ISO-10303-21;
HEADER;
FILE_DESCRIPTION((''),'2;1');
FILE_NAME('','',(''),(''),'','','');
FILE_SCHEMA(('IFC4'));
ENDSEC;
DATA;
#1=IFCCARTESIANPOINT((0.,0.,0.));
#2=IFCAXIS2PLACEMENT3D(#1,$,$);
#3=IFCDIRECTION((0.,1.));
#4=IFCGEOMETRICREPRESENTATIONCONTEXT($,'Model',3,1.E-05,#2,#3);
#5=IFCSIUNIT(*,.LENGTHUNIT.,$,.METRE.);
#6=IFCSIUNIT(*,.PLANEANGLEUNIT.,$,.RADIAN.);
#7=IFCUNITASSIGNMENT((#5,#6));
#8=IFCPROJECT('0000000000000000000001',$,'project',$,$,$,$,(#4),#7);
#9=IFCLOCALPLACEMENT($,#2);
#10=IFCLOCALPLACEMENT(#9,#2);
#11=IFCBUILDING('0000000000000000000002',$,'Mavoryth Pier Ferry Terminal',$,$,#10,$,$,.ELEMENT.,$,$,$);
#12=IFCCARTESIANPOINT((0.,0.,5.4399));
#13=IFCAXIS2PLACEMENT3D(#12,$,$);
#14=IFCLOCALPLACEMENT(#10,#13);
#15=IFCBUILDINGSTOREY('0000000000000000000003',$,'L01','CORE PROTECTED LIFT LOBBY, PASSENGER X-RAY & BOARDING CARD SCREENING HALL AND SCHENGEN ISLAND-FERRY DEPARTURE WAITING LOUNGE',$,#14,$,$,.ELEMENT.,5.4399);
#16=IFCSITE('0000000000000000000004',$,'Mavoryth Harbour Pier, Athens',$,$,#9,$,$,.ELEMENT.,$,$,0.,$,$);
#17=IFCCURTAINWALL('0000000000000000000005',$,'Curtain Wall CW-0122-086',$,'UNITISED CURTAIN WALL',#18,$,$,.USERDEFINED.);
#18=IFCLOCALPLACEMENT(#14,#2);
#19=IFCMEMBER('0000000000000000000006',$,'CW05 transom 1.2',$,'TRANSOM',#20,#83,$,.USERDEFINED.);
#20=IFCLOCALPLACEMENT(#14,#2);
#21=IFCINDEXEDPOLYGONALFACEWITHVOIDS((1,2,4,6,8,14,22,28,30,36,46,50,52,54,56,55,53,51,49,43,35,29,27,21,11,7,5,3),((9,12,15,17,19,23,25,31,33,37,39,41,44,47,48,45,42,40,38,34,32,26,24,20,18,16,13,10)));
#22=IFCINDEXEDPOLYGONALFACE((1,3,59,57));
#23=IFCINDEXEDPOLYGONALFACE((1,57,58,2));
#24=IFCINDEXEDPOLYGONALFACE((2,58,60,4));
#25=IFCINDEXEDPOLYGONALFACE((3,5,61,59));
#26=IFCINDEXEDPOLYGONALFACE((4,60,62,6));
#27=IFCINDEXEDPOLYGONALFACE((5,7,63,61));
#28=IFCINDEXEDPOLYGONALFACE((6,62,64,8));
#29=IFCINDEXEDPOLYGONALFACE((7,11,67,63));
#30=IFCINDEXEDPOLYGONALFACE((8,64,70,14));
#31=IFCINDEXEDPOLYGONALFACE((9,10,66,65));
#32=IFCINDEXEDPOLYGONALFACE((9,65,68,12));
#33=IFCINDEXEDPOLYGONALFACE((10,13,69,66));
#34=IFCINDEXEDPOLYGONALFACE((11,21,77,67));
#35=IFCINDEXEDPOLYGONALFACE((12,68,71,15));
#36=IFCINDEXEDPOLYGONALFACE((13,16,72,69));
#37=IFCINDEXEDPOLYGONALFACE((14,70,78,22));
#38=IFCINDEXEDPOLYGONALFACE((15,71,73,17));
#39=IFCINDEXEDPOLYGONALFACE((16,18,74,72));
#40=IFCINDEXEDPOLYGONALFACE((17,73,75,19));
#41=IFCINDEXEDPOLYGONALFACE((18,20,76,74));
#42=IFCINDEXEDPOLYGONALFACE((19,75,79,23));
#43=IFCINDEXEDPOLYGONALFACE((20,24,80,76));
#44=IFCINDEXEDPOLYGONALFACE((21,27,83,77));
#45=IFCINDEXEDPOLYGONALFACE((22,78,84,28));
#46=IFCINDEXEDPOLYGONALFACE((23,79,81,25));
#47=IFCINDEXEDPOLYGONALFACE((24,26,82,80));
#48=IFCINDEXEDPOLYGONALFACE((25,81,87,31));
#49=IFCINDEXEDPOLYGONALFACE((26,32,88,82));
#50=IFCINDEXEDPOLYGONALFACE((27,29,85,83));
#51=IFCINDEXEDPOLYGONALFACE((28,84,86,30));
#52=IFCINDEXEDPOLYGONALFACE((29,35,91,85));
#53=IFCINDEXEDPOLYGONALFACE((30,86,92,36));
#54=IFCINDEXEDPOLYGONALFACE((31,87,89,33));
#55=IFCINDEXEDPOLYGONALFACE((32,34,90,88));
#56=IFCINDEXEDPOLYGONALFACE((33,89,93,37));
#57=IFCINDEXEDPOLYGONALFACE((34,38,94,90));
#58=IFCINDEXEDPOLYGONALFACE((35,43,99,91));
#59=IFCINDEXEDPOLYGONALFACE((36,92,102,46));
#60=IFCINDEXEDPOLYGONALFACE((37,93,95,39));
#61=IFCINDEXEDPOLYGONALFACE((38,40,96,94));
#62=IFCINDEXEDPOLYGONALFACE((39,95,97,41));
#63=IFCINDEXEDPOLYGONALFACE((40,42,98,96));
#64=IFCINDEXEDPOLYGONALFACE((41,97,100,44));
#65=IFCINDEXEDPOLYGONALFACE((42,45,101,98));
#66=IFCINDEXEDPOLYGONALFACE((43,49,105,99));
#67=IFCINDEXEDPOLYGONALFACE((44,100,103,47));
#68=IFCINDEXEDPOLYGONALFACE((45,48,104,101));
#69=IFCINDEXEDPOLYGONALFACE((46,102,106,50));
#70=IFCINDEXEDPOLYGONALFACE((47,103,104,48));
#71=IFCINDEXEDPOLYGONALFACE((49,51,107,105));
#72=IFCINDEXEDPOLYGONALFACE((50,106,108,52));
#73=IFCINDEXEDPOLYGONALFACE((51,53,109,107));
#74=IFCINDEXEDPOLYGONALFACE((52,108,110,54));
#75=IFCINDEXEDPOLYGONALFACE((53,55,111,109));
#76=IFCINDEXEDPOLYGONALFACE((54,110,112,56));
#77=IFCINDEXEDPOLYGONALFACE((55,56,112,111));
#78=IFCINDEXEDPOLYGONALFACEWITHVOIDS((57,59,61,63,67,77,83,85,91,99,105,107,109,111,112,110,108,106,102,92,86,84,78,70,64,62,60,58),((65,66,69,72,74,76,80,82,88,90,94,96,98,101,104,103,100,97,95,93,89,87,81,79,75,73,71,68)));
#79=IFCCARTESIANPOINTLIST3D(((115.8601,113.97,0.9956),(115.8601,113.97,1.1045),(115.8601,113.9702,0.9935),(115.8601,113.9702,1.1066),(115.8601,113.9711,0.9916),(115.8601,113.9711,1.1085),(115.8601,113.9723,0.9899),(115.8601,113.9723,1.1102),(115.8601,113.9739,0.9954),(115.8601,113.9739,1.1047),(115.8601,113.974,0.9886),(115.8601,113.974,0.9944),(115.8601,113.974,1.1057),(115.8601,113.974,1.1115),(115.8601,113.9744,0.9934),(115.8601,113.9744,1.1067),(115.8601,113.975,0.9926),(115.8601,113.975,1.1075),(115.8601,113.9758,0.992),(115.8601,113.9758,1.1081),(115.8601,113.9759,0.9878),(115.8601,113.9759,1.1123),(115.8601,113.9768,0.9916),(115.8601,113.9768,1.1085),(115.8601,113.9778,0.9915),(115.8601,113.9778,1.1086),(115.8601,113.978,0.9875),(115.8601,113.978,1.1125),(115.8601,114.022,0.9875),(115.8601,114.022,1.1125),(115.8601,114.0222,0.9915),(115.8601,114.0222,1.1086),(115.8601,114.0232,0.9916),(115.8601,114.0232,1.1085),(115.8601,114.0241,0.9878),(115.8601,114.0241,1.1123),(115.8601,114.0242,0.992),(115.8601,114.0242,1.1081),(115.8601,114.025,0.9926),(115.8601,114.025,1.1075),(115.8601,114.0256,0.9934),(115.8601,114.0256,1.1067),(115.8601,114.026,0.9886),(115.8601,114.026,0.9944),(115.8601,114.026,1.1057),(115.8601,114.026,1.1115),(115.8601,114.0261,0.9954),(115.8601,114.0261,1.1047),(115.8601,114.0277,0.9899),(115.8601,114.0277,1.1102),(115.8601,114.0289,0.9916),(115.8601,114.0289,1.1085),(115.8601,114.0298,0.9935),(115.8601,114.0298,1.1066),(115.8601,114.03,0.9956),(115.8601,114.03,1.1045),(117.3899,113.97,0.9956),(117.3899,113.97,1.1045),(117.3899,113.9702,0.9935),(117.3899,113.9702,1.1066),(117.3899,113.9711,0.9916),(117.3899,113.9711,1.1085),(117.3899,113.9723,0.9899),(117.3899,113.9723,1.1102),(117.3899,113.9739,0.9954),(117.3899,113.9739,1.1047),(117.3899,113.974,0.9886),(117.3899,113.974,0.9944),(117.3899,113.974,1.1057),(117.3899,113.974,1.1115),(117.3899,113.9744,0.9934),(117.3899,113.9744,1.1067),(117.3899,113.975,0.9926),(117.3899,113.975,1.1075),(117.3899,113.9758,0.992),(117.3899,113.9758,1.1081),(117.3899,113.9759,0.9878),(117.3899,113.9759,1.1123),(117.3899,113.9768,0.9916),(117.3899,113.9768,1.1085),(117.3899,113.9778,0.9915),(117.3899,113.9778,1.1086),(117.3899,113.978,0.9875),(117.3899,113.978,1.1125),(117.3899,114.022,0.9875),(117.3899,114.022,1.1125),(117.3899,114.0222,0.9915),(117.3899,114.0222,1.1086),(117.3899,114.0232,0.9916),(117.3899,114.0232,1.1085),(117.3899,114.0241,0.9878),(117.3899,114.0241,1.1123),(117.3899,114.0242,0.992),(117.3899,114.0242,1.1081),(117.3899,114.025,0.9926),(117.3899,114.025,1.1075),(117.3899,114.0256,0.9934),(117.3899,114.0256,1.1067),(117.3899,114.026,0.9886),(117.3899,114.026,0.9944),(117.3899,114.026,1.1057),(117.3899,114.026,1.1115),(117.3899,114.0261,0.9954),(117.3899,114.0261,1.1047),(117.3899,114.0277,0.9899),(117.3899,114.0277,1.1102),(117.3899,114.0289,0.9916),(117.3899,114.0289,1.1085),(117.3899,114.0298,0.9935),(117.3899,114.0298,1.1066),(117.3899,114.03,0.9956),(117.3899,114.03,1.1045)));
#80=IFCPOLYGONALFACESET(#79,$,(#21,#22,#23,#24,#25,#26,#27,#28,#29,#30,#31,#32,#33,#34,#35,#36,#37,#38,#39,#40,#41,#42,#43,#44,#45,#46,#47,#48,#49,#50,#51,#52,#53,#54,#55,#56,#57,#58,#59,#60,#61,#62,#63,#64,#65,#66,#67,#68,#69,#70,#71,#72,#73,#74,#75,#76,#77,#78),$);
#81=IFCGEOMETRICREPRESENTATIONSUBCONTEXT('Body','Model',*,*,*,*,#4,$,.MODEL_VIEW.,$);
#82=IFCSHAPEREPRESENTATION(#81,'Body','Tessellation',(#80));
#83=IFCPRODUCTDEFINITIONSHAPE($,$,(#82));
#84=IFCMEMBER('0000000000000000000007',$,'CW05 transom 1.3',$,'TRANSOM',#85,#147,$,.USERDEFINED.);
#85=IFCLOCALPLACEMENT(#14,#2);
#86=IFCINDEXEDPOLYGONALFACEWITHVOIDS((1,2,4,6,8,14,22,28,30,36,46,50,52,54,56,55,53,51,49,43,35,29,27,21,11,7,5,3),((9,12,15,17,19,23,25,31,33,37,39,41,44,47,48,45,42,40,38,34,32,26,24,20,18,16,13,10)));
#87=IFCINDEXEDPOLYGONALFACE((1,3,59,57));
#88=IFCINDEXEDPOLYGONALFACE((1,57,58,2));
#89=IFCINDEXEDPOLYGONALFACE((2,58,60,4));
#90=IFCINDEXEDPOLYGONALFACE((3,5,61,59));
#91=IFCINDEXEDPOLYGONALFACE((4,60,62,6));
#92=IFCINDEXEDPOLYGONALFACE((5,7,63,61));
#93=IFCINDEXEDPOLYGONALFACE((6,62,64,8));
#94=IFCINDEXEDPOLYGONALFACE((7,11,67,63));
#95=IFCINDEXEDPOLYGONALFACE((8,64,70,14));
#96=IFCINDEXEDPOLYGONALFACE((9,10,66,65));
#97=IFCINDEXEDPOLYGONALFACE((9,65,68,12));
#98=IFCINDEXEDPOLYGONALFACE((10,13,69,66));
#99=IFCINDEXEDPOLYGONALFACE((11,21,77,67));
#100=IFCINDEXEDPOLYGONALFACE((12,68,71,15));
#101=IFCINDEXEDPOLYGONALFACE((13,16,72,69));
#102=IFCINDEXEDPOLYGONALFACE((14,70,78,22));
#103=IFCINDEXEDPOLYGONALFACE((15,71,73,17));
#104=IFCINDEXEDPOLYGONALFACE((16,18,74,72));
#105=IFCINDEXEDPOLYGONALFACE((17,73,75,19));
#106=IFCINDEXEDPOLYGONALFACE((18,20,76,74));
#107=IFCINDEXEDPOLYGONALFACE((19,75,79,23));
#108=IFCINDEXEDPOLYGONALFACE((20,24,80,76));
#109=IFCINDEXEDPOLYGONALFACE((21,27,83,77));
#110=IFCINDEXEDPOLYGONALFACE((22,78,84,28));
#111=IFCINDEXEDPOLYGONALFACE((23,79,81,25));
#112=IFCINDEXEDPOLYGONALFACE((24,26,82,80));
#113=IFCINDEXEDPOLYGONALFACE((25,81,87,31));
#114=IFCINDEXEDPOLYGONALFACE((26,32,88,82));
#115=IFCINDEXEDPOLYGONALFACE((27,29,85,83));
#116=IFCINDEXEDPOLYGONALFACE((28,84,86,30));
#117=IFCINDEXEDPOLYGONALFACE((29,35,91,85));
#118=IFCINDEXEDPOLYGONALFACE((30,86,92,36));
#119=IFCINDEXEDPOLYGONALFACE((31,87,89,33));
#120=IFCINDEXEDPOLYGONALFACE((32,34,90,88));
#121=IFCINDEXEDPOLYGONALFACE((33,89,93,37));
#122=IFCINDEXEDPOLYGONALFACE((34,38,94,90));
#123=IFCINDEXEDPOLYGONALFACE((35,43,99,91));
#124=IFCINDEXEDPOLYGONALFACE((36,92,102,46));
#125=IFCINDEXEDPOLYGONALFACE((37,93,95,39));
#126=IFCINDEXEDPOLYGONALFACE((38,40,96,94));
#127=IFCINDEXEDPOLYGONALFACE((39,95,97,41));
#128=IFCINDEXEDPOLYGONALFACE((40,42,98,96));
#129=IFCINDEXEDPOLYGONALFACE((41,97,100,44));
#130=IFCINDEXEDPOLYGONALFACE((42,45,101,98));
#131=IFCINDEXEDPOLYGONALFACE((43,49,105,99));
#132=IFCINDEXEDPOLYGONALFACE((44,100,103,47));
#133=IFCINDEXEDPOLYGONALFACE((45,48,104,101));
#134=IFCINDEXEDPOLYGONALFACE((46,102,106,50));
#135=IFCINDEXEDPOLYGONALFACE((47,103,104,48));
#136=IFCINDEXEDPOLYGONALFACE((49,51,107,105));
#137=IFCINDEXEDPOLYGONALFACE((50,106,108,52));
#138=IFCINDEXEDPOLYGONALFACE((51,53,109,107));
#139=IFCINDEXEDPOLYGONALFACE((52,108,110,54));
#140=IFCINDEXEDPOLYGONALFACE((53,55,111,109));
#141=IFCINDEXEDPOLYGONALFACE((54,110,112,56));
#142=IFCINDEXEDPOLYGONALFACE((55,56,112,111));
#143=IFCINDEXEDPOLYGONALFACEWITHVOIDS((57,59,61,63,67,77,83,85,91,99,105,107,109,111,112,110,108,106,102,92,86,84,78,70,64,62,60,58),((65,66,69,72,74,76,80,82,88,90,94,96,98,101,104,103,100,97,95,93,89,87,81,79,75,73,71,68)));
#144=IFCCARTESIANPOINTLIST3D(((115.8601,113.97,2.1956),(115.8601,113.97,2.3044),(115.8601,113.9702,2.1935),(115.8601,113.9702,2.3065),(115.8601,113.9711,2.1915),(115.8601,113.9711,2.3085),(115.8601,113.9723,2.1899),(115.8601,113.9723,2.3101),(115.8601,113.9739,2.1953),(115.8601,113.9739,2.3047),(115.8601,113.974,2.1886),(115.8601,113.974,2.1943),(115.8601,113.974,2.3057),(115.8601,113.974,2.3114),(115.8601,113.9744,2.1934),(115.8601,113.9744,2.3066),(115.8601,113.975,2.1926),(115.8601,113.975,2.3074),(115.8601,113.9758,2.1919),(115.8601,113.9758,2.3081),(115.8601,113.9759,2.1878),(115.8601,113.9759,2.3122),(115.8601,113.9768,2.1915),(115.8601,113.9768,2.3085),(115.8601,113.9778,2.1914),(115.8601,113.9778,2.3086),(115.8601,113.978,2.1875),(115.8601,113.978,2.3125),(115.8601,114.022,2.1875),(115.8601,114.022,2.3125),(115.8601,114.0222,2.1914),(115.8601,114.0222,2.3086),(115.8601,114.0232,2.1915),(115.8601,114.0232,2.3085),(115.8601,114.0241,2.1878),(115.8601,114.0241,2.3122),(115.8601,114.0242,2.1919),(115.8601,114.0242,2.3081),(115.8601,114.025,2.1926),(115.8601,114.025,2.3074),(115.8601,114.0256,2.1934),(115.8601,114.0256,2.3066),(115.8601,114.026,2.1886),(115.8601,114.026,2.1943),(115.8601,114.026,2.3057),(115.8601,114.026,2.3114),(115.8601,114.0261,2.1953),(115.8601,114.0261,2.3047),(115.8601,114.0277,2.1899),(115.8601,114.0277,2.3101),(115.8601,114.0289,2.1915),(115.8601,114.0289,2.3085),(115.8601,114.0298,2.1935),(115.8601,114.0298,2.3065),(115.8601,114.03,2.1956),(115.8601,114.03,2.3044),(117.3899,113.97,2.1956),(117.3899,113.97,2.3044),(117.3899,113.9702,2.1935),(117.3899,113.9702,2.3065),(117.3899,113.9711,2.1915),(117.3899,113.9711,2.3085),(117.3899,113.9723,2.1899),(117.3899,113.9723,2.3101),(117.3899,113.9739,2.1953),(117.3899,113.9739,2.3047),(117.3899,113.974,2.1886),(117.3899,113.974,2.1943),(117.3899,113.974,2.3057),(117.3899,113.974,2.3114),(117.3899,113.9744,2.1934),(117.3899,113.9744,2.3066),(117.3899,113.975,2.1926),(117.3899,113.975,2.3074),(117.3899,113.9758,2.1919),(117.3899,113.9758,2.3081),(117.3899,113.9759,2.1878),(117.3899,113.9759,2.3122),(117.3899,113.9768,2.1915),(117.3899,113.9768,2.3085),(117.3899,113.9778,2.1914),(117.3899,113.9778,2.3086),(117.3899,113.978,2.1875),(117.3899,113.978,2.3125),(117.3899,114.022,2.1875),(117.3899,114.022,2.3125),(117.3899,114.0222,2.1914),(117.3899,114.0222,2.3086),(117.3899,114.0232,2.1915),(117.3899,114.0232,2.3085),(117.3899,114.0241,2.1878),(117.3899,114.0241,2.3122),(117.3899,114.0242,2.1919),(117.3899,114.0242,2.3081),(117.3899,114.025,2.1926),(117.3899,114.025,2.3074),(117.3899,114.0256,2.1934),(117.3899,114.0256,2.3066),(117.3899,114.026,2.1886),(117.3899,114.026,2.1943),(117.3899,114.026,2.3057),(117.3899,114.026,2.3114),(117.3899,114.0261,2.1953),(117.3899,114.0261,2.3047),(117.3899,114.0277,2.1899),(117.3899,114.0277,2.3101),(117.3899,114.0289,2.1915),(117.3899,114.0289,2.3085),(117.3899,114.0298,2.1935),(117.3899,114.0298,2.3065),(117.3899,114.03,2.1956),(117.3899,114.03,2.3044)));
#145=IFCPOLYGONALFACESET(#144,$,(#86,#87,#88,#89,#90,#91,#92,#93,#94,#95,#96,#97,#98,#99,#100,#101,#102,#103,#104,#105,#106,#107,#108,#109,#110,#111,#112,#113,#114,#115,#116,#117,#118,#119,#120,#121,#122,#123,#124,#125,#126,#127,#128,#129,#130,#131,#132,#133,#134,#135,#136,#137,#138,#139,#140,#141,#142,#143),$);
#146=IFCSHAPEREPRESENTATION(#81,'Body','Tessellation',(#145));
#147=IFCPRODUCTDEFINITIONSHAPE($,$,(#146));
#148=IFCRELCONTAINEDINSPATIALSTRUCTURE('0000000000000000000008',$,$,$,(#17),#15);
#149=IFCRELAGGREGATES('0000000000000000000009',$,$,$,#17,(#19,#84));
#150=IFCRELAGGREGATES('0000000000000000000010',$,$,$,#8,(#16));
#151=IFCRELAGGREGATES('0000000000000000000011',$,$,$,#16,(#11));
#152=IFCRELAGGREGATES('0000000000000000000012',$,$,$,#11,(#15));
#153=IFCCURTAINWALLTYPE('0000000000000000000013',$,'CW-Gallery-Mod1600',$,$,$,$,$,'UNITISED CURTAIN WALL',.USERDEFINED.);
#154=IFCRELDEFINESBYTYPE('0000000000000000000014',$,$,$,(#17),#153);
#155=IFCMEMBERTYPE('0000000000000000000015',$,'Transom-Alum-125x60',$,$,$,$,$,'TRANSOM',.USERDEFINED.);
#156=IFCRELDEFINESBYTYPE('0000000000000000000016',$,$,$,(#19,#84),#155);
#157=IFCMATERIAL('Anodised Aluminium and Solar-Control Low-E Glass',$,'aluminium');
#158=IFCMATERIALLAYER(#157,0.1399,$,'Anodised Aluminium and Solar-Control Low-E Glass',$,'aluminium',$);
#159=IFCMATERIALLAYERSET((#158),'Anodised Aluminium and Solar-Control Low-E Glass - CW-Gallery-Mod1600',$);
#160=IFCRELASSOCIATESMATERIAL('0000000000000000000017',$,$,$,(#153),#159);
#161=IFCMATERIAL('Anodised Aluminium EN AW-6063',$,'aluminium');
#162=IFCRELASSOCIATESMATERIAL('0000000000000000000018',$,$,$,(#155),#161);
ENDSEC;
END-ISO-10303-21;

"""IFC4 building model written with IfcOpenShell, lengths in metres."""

from ifc_helpers import new_model, si_unit, direction, frame, origin, origin_2d, place, context, subcontext, project, spatial, hollow_rectangle, extrude, material, layer, layer_set, material_profile, profile_set, type_object, element, aggregate, save


model = new_model("IFC4")

# Units and contexts
model_context = context("Model", 3, precision=1e-05, world=origin(), true_north=direction((0.0, 1.0)))
body_context = subcontext(model_context, "Body", "Model", "MODEL_VIEW")
ifc_project = project(units=[si_unit("LENGTHUNIT", "METRE"), si_unit("PLANEANGLEUNIT", "RADIAN")], contexts=[model_context])

# Site, building, storey
site_placement = place(None, origin())
site = spatial("IfcSite", under=ifc_project, at=site_placement, Name="Mavoryth Harbour Pier, Athens", CompositionType="ELEMENT", RefElevation=0.0)
building_placement = place(site_placement, origin())
building = spatial("IfcBuilding", under=site, at=building_placement, Name="Mavoryth Pier Ferry Terminal", CompositionType="ELEMENT")
storey_placement = place(building_placement, frame((0.0, 0.0, 5.4399)))
storey = spatial("IfcBuildingStorey", under=building, at=storey_placement, Name="L01", Description="CORE PROTECTED LIFT LOBBY, PASSENGER X-RAY & BOARDING CARD SCREENING HALL AND SCHENGEN ISLAND-FERRY DEPARTURE WAITING LOUNGE", CompositionType="ELEMENT", Elevation=5.4399)

# Curtain wall
ifc_material_1 = material(Name="Anodised Aluminium and Solar-Control Low-E Glass", Category="aluminium")
ifc_layer_1 = layer(ifc_material_1, 0.1399, Name="Anodised Aluminium and Solar-Control Low-E Glass", Category="aluminium")
ifc_layer_set_1 = layer_set([ifc_layer_1], Name="Anodised Aluminium and Solar-Control Low-E Glass - CW-Gallery-Mod1600")
curtain_wall_type = type_object("IfcCurtainWallType", Name="CW-Gallery-Mod1600", ElementType="UNITISED CURTAIN WALL", PredefinedType="USERDEFINED", material=ifc_layer_set_1)
curtain_wall_1_placement = place(storey_placement, origin())
curtain_wall_1 = element("IfcCurtainWall", 1, at=curtain_wall_1_placement, inside=storey, type_object=curtain_wall_type, Name="Curtain Wall CW-0122-086", ObjectType="UNITISED CURTAIN WALL", PredefinedType="USERDEFINED")
ifc_material_2 = material(Name="Anodised Aluminium EN AW-6063", Category="aluminium")

# Members
ifc_material_profile_1 = material_profile(ifc_material_2, hollow_rectangle(XDim=0.0601, YDim=0.125, WallThickness=0.0039, InnerFilletRadius=0.0039, OuterFilletRadius=0.0081, at=origin_2d()), Name="AL-TRAN 125x60x4", Category="aluminium")
ifc_profile_set_1 = profile_set([ifc_material_profile_1], Name="Anodised Aluminium EN AW-6063 - AL-TRAN 125x60x4")
member_type_1 = type_object("IfcMemberType", Name="Transom-Alum-125x60", ElementType="TRANSOM", PredefinedType="USERDEFINED", material=ifc_profile_set_1)
member_1_placement = place(storey_placement, frame((117.3899, 114.0, 1.05), z_axis=(-1.0, 0.0, 0.0), x_axis=(0.0, -1.0, 0.0)))
member_1 = element("IfcMember", 2, at=member_1_placement, type_object=member_type_1, Name="CW05 transom 1.2", ObjectType="TRANSOM", PredefinedType="USERDEFINED", context=body_context, shape_type="SweptSolid", body=[
    extrude(hollow_rectangle(XDim=0.0601, YDim=0.125, WallThickness=0.0039, InnerFilletRadius=0.0039, OuterFilletRadius=0.0081, at=origin_2d()), origin(), (0.0, 0.0, 1.0), 1.5298),
])
member_2_placement = place(storey_placement, frame((117.3899, 114.0, 2.25), z_axis=(-1.0, 0.0, 0.0), x_axis=(0.0, -1.0, 0.0)))
member_2 = element("IfcMember", 3, at=member_2_placement, type_object=member_type_1, Name="CW05 transom 1.3", ObjectType="TRANSOM", PredefinedType="USERDEFINED", context=body_context, shape_type="SweptSolid", body=[
    extrude(hollow_rectangle(XDim=0.0601, YDim=0.125, WallThickness=0.0039, InnerFilletRadius=0.0039, OuterFilletRadius=0.0081, at=origin_2d()), origin(), (0.0, 0.0, 1.0), 1.5298),
])

aggregate(curtain_wall_1, [member_1, member_2])

save(model, "model.ifc")
